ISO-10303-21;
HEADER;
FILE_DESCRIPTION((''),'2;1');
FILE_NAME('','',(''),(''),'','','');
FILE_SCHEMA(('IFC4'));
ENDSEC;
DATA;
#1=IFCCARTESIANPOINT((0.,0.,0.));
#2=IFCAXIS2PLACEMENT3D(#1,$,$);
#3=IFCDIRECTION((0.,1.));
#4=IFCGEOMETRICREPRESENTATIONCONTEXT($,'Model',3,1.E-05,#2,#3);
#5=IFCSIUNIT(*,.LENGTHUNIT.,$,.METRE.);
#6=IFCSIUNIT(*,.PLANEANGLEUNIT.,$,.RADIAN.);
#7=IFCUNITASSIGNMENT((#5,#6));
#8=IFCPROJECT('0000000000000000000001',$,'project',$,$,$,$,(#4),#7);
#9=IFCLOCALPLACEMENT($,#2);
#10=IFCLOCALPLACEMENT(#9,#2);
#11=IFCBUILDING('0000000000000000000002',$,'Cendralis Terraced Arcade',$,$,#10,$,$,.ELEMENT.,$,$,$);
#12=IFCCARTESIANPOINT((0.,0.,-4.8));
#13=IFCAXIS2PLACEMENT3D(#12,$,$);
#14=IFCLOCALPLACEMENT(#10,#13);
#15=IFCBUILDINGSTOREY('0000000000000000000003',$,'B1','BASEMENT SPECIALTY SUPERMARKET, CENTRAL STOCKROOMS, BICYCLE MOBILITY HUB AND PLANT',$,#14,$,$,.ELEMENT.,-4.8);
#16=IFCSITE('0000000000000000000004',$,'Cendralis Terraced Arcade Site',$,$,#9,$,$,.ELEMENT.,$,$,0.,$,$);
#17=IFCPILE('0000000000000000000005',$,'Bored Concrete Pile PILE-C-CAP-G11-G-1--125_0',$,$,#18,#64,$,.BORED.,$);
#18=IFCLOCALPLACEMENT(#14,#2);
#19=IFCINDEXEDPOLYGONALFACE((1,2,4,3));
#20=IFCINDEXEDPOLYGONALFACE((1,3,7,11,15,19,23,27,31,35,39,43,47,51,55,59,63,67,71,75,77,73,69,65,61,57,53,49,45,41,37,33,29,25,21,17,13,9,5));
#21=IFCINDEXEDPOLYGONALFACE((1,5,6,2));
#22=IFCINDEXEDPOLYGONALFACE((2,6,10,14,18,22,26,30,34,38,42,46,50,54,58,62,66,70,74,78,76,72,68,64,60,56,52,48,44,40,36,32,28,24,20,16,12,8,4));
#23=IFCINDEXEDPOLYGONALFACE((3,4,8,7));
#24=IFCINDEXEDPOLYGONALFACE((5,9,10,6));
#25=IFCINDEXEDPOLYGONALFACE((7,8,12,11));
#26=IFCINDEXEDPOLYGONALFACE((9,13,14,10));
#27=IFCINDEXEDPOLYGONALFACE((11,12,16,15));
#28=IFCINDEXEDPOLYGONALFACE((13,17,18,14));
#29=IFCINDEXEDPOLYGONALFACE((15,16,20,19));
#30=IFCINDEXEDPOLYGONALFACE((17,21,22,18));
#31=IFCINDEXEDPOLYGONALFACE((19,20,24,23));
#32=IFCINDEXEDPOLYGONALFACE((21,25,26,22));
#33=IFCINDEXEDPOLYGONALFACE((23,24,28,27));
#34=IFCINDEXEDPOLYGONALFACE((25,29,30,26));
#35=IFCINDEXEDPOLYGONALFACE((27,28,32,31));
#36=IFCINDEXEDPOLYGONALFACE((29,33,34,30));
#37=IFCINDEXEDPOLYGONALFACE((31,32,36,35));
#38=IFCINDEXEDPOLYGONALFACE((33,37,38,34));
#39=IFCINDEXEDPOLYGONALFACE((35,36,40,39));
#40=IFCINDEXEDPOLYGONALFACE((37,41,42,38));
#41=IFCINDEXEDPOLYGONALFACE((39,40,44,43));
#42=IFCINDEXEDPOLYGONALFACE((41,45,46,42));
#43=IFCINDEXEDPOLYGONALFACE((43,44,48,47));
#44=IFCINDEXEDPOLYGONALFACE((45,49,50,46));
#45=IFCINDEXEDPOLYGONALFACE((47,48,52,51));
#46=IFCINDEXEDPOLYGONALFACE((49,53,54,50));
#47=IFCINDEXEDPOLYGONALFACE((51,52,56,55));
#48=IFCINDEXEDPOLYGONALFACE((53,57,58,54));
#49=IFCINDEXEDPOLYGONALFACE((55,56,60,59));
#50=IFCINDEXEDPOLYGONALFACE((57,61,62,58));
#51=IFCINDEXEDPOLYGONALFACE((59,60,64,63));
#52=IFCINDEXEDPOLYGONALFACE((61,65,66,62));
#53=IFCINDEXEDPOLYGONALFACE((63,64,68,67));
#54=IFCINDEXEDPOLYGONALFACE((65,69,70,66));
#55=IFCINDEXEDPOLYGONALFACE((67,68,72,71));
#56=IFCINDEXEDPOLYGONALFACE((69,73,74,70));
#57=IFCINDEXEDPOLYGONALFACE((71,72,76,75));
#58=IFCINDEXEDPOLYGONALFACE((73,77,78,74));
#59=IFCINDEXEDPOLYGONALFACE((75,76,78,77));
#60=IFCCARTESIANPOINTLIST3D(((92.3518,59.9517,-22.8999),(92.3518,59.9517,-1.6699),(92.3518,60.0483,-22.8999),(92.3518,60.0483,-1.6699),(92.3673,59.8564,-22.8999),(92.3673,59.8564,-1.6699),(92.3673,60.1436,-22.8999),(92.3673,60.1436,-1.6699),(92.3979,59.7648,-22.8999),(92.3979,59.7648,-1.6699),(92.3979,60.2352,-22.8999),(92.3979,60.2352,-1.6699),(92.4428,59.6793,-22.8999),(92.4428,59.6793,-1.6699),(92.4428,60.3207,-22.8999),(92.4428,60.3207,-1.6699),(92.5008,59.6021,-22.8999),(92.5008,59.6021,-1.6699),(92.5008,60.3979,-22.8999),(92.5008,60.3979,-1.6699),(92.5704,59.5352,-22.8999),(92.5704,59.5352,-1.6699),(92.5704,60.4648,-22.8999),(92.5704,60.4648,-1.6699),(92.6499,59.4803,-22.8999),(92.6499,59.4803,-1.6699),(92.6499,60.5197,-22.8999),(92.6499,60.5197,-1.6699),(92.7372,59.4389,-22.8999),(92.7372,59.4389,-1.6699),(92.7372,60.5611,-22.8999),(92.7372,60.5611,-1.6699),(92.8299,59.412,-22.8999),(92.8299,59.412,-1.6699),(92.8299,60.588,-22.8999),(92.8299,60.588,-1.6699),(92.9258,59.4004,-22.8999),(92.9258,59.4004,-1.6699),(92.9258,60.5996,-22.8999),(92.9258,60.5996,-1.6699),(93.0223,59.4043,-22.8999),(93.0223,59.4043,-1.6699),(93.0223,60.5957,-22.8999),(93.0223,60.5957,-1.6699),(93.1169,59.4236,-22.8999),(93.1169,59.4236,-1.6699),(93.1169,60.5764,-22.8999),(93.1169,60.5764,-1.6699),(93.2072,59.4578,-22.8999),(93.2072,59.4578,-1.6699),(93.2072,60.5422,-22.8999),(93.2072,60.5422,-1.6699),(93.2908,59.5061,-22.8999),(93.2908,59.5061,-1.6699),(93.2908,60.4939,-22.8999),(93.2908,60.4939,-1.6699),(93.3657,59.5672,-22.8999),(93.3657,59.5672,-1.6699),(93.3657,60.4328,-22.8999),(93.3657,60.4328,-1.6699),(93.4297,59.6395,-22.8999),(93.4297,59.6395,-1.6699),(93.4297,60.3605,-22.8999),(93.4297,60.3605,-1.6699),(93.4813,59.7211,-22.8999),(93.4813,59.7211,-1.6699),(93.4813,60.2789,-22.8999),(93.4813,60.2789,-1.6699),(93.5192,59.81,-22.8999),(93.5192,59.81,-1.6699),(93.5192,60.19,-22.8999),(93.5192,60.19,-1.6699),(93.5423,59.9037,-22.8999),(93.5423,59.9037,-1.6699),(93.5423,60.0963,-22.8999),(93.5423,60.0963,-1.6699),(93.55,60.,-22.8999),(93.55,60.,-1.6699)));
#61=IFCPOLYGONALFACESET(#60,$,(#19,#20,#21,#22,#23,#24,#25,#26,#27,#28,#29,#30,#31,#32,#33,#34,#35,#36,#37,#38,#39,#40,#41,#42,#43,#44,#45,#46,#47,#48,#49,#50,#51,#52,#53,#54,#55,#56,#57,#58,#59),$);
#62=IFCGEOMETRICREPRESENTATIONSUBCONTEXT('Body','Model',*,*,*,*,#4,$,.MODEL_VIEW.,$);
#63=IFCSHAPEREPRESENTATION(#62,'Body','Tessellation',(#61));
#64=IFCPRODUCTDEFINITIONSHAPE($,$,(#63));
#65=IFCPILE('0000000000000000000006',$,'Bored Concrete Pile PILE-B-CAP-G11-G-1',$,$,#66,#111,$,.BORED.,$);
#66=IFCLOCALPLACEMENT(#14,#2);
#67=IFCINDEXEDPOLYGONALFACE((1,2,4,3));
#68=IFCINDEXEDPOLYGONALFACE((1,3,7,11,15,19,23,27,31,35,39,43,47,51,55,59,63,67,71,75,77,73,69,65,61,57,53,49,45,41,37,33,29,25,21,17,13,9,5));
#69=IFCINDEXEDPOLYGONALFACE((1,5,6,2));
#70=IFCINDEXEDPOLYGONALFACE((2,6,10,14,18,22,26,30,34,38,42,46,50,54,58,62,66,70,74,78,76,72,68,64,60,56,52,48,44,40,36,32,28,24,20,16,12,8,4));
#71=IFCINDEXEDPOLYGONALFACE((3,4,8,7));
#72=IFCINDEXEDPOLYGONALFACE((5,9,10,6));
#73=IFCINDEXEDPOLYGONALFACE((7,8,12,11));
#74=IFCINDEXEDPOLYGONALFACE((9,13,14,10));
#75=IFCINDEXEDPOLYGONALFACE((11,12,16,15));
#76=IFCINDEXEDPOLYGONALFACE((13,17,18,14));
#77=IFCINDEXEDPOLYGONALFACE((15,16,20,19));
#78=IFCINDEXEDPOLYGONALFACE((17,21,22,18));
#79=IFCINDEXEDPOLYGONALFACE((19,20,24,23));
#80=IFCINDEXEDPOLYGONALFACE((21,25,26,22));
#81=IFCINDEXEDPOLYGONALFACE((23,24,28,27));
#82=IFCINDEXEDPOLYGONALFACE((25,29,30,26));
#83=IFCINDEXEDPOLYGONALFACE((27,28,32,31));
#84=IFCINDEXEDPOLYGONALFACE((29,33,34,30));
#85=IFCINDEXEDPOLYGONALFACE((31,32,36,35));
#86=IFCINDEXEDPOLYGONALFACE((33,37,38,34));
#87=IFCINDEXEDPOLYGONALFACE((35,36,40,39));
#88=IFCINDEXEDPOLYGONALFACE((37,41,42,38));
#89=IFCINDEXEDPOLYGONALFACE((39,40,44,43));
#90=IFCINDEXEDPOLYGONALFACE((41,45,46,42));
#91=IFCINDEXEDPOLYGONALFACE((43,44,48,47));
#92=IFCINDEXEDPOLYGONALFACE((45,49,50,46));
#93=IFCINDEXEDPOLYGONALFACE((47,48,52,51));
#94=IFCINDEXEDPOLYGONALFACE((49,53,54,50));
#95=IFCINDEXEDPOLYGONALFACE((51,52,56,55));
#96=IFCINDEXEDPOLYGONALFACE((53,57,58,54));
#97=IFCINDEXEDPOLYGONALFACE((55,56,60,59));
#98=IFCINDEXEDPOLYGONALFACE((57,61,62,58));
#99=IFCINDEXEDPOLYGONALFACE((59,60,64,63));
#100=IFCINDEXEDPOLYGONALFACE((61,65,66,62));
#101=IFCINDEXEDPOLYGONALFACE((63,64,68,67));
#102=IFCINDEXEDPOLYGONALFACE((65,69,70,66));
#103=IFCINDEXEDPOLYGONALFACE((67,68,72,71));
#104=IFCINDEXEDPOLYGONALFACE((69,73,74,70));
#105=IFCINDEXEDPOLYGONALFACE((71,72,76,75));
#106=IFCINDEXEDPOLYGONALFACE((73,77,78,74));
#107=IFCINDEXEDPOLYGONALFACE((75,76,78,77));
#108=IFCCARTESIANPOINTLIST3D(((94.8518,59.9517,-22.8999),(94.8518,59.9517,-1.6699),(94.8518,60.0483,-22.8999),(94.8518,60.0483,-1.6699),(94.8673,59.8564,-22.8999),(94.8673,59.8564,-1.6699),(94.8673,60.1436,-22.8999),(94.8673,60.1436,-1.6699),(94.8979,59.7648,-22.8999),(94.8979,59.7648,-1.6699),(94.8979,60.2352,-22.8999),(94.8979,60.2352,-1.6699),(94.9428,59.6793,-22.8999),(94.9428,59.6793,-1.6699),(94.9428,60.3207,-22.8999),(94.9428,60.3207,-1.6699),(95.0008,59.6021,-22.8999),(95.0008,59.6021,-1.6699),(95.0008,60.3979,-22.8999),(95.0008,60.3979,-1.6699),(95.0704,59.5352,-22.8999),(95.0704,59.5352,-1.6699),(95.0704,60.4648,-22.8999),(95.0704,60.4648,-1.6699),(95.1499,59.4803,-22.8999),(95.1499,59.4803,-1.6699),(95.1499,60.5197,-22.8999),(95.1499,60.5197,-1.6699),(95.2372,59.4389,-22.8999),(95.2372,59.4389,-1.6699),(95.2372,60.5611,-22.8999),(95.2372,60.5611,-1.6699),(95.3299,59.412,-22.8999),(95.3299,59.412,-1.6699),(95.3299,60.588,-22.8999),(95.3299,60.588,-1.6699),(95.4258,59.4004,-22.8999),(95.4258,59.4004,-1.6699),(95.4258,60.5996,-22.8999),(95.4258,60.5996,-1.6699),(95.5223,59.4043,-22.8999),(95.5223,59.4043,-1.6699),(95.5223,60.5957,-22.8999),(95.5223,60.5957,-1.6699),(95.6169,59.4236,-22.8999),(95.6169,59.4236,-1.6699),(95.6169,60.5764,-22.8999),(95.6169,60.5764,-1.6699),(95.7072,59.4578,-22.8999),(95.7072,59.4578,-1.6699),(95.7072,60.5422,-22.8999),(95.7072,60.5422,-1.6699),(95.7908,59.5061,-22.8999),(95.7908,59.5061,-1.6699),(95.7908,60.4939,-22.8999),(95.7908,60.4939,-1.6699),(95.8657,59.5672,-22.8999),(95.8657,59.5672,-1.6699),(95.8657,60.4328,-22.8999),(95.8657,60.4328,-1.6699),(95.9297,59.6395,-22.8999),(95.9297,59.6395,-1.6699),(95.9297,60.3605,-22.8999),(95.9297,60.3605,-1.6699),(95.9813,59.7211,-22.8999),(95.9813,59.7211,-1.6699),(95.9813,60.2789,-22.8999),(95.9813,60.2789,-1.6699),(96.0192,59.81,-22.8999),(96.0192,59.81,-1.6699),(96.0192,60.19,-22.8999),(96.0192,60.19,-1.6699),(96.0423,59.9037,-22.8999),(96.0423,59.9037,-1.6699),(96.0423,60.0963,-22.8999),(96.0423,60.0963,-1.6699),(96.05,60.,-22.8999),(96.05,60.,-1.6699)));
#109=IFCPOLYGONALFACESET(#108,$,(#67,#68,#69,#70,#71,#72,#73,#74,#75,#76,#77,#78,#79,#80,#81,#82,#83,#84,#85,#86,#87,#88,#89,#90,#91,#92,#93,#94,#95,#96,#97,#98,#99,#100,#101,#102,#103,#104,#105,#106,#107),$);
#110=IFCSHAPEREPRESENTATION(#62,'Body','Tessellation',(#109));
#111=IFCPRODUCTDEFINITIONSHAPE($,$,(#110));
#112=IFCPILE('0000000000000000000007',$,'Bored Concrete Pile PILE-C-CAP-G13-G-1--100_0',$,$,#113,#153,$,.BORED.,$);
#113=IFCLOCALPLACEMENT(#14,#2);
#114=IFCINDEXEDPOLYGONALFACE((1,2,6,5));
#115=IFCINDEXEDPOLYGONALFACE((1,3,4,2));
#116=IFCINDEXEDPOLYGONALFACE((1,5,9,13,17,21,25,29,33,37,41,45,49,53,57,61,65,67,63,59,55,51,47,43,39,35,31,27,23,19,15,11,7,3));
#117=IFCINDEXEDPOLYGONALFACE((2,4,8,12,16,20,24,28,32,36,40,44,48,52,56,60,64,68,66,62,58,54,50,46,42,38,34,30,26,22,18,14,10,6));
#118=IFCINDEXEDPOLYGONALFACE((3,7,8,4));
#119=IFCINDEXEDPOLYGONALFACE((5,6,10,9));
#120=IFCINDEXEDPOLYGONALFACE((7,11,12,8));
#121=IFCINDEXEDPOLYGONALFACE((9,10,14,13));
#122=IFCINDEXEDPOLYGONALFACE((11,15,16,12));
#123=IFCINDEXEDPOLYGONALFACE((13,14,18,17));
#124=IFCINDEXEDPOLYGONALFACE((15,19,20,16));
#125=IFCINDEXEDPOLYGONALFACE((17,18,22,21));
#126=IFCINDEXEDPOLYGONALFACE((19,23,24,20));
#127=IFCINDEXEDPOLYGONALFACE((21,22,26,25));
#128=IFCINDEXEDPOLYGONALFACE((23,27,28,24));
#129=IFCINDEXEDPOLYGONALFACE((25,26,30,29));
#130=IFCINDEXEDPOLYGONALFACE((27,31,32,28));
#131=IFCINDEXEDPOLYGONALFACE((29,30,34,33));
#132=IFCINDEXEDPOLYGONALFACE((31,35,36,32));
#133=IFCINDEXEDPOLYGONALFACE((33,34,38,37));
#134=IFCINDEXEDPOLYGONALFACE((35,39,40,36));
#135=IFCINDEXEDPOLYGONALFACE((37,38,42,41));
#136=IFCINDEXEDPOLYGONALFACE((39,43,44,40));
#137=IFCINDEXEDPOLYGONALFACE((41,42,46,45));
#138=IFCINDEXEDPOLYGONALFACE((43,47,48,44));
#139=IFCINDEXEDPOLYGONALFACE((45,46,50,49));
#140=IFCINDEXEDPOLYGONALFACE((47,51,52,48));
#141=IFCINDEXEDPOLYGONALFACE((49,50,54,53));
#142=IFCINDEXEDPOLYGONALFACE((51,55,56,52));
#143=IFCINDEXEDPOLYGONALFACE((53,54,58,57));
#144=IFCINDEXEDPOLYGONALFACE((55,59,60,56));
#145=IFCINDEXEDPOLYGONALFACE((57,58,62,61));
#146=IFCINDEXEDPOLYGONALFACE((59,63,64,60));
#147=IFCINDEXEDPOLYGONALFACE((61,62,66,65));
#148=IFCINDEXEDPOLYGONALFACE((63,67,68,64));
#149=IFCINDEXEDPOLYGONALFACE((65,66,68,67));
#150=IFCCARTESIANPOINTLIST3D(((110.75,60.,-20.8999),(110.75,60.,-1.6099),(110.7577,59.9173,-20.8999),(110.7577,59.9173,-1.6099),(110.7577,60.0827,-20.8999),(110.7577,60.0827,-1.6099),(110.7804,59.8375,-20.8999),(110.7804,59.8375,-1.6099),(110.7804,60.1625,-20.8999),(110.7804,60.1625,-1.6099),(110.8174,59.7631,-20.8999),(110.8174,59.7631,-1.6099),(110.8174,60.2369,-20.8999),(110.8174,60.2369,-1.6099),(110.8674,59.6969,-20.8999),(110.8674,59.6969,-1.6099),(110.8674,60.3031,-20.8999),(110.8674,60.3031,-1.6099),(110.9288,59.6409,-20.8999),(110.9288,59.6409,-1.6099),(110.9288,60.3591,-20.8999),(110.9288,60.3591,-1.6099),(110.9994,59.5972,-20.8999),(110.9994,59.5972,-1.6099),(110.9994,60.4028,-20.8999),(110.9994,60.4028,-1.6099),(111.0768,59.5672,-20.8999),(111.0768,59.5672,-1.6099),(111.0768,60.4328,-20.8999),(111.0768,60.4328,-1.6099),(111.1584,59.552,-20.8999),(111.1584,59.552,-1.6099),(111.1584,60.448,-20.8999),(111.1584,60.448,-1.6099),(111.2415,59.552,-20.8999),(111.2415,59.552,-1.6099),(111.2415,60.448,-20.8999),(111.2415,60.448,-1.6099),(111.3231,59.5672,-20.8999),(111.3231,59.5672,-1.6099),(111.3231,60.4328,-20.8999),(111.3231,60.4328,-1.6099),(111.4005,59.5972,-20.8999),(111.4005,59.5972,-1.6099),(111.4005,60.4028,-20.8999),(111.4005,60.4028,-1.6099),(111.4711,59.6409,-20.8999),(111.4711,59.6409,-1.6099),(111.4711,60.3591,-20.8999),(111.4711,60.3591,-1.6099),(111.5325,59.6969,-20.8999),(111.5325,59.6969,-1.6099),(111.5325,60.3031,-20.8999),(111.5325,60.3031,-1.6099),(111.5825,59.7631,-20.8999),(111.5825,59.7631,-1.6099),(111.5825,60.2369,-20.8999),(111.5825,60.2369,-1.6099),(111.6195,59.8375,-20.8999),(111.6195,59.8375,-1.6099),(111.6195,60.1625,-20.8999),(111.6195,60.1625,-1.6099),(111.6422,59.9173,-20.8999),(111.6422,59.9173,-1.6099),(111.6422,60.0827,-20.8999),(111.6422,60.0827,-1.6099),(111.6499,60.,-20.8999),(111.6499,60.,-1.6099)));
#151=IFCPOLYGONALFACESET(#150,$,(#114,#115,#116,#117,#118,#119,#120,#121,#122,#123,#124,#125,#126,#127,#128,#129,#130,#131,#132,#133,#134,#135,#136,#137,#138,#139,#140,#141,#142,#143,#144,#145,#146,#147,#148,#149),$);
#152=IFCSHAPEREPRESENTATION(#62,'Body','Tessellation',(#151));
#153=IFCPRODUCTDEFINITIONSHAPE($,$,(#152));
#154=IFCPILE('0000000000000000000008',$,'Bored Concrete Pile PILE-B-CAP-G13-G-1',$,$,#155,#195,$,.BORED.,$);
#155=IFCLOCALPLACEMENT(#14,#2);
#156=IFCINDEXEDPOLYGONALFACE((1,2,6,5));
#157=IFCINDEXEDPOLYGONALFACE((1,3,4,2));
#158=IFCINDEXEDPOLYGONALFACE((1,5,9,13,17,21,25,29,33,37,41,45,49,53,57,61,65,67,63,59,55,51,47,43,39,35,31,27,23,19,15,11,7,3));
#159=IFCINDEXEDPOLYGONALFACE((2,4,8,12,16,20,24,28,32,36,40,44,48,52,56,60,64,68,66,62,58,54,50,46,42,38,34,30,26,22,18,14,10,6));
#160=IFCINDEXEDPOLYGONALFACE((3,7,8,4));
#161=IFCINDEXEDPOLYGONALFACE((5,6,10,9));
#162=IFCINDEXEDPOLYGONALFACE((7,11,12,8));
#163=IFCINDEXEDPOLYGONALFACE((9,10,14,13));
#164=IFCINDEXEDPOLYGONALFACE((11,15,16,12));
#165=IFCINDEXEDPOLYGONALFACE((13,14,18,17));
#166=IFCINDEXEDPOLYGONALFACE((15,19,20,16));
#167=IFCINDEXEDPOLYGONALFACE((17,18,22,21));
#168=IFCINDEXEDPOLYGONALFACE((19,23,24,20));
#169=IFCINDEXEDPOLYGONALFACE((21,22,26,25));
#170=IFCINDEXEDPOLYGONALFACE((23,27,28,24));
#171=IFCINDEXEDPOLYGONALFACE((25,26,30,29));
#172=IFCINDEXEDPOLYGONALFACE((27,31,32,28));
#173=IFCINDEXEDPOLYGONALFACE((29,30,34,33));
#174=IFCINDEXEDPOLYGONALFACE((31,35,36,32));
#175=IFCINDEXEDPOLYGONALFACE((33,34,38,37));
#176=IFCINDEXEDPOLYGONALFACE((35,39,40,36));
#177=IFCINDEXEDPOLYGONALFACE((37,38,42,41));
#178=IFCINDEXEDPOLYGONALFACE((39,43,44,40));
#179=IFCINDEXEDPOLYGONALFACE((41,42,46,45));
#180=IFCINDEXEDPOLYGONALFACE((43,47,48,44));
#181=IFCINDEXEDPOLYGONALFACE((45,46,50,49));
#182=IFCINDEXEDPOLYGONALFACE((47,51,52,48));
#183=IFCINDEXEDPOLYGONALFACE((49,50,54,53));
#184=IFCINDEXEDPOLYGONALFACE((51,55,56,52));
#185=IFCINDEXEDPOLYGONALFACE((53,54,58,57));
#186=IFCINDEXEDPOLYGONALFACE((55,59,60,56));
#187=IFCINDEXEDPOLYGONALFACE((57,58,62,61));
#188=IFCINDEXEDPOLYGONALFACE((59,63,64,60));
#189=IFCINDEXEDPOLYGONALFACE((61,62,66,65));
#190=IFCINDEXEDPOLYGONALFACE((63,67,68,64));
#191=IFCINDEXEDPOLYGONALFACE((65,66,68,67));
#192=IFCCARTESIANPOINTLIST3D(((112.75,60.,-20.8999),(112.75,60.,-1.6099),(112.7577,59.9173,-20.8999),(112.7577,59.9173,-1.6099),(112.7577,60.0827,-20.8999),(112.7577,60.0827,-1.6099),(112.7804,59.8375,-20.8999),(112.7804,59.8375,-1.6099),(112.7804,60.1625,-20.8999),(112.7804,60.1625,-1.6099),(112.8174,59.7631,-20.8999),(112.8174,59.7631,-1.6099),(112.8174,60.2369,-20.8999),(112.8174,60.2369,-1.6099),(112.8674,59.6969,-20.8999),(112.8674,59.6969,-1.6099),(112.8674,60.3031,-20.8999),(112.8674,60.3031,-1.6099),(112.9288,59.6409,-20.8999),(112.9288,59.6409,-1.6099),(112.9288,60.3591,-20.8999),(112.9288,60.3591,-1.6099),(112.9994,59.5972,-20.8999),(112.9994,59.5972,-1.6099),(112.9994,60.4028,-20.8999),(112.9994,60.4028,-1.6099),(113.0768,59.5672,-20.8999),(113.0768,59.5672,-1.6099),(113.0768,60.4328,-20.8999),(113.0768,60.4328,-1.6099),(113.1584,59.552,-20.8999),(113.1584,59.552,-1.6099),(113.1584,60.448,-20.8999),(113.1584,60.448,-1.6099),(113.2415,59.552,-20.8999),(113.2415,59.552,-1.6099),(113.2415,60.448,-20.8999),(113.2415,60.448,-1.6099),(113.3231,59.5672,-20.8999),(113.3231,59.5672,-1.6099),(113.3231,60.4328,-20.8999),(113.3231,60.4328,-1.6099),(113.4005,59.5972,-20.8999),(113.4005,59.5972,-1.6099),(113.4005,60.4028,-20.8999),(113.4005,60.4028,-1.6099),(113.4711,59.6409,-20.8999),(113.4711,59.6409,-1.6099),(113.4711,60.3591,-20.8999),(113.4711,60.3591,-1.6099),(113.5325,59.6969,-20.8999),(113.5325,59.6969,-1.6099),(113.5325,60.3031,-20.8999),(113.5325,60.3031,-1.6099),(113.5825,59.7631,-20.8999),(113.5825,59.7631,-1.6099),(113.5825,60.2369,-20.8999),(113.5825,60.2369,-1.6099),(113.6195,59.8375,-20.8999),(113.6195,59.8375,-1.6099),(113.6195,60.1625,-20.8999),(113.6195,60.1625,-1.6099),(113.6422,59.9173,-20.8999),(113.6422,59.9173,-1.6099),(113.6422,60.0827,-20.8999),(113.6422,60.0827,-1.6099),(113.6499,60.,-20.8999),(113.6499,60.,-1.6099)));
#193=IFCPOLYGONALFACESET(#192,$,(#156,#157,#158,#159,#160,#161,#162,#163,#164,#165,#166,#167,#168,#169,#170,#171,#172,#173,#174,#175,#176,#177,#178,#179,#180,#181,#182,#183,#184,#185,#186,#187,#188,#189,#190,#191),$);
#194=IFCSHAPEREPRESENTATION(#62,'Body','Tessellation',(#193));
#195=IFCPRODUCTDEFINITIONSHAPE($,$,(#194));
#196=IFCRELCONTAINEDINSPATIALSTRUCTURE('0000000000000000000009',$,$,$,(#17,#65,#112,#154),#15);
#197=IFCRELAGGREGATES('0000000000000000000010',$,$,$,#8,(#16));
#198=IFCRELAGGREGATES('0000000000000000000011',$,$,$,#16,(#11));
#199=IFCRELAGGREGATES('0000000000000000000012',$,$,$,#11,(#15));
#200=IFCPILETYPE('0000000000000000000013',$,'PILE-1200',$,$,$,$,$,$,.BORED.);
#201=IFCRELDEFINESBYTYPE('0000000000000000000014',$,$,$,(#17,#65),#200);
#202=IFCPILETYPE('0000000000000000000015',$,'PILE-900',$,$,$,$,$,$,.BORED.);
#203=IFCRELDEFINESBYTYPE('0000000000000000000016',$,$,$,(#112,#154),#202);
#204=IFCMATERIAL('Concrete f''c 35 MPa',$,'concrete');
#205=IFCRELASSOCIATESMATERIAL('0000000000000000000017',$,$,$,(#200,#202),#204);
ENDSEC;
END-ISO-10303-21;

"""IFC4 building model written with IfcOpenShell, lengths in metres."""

from ifc_helpers import new_model, si_unit, direction, frame, origin, origin_2d, place, context, subcontext, project, spatial, circle, extrude, material, material_profile, profile_set, type_object, element, save


model = new_model("IFC4")

# Units and contexts
model_context = context("Model", 3, precision=1e-05, world=origin(), true_north=direction((0.0, 1.0)))
body_context = subcontext(model_context, "Body", "Model", "MODEL_VIEW")
ifc_project = project(units=[si_unit("LENGTHUNIT", "METRE"), si_unit("PLANEANGLEUNIT", "RADIAN")], contexts=[model_context])

# Site, building, storey
site_placement = place(None, origin())
site = spatial("IfcSite", under=ifc_project, at=site_placement, Name="Cendralis Terraced Arcade Site", CompositionType="ELEMENT", RefElevation=0.0)
building_placement = place(site_placement, origin())
building = spatial("IfcBuilding", under=site, at=building_placement, Name="Cendralis Terraced Arcade", CompositionType="ELEMENT")
storey_placement = place(building_placement, frame((0.0, 0.0, -4.8)))
storey = spatial("IfcBuildingStorey", under=building, at=storey_placement, Name="B1", Description="BASEMENT SPECIALTY SUPERMARKET, CENTRAL STOCKROOMS, BICYCLE MOBILITY HUB AND PLANT", CompositionType="ELEMENT", Elevation=-4.8)

# Shared definitions
ifc_material_1 = material(Name="Concrete f'c 35 MPa", Category="concrete")

# Piles
ifc_material_profile_1 = material_profile(ifc_material_1, circle(Radius=0.6001, at=origin_2d()), Name="PILE-D1200", Category="LoadBearing")
ifc_profile_set_1 = profile_set([ifc_material_profile_1], Name="Concrete f'c 35 MPa")
pile_type_1 = type_object("IfcPileType", Name="PILE-1200", PredefinedType="BORED", material=ifc_profile_set_1)
for number, where, z_axis, x_axis, name in (
    (1, (92.95, 60.0, -1.6699), (0.0, 0.0, -1.0), (1.0, 0.0, 0.0), "Bored Concrete Pile PILE-C-CAP-G11-G-1--125_0"),
    (2, (95.45, 60.0, -1.6699), (0.0, 0.0, -1.0), (1.0, 0.0, 0.0), "Bored Concrete Pile PILE-B-CAP-G11-G-1"),
):
    element("IfcPile", number, at=place(storey_placement, frame(where, z_axis=z_axis, x_axis=x_axis)), inside=storey, type_object=pile_type_1, Name=name, PredefinedType="BORED", context=body_context, shape_type="SweptSolid", body=[
        extrude(circle(Radius=0.6001, at=origin_2d()), origin(), (0.0, 0.0, 1.0), 21.23),
    ])
ifc_material_profile_2 = material_profile(ifc_material_1, circle(Radius=0.45, at=origin_2d()), Name="PILE-D900", Category="LoadBearing")
ifc_profile_set_2 = profile_set([ifc_material_profile_2], Name="Concrete f'c 35 MPa")
pile_type_2 = type_object("IfcPileType", Name="PILE-900", PredefinedType="BORED", material=ifc_profile_set_2)
for number, where, z_axis, x_axis, name in (
    (3, (111.2, 60.0, -1.6099), (0.0, 0.0, -1.0), (1.0, 0.0, 0.0), "Bored Concrete Pile PILE-C-CAP-G13-G-1--100_0"),
    (4, (113.2, 60.0, -1.6099), (0.0, 0.0, -1.0), (1.0, 0.0, 0.0), "Bored Concrete Pile PILE-B-CAP-G13-G-1"),
):
    element("IfcPile", number, at=place(storey_placement, frame(where, z_axis=z_axis, x_axis=x_axis)), inside=storey, type_object=pile_type_2, Name=name, PredefinedType="BORED", context=body_context, shape_type="SweptSolid", body=[
        extrude(circle(Radius=0.45, at=origin_2d()), origin(), (0.0, 0.0, 1.0), 19.29),
    ])

save(model, "model.ifc")
